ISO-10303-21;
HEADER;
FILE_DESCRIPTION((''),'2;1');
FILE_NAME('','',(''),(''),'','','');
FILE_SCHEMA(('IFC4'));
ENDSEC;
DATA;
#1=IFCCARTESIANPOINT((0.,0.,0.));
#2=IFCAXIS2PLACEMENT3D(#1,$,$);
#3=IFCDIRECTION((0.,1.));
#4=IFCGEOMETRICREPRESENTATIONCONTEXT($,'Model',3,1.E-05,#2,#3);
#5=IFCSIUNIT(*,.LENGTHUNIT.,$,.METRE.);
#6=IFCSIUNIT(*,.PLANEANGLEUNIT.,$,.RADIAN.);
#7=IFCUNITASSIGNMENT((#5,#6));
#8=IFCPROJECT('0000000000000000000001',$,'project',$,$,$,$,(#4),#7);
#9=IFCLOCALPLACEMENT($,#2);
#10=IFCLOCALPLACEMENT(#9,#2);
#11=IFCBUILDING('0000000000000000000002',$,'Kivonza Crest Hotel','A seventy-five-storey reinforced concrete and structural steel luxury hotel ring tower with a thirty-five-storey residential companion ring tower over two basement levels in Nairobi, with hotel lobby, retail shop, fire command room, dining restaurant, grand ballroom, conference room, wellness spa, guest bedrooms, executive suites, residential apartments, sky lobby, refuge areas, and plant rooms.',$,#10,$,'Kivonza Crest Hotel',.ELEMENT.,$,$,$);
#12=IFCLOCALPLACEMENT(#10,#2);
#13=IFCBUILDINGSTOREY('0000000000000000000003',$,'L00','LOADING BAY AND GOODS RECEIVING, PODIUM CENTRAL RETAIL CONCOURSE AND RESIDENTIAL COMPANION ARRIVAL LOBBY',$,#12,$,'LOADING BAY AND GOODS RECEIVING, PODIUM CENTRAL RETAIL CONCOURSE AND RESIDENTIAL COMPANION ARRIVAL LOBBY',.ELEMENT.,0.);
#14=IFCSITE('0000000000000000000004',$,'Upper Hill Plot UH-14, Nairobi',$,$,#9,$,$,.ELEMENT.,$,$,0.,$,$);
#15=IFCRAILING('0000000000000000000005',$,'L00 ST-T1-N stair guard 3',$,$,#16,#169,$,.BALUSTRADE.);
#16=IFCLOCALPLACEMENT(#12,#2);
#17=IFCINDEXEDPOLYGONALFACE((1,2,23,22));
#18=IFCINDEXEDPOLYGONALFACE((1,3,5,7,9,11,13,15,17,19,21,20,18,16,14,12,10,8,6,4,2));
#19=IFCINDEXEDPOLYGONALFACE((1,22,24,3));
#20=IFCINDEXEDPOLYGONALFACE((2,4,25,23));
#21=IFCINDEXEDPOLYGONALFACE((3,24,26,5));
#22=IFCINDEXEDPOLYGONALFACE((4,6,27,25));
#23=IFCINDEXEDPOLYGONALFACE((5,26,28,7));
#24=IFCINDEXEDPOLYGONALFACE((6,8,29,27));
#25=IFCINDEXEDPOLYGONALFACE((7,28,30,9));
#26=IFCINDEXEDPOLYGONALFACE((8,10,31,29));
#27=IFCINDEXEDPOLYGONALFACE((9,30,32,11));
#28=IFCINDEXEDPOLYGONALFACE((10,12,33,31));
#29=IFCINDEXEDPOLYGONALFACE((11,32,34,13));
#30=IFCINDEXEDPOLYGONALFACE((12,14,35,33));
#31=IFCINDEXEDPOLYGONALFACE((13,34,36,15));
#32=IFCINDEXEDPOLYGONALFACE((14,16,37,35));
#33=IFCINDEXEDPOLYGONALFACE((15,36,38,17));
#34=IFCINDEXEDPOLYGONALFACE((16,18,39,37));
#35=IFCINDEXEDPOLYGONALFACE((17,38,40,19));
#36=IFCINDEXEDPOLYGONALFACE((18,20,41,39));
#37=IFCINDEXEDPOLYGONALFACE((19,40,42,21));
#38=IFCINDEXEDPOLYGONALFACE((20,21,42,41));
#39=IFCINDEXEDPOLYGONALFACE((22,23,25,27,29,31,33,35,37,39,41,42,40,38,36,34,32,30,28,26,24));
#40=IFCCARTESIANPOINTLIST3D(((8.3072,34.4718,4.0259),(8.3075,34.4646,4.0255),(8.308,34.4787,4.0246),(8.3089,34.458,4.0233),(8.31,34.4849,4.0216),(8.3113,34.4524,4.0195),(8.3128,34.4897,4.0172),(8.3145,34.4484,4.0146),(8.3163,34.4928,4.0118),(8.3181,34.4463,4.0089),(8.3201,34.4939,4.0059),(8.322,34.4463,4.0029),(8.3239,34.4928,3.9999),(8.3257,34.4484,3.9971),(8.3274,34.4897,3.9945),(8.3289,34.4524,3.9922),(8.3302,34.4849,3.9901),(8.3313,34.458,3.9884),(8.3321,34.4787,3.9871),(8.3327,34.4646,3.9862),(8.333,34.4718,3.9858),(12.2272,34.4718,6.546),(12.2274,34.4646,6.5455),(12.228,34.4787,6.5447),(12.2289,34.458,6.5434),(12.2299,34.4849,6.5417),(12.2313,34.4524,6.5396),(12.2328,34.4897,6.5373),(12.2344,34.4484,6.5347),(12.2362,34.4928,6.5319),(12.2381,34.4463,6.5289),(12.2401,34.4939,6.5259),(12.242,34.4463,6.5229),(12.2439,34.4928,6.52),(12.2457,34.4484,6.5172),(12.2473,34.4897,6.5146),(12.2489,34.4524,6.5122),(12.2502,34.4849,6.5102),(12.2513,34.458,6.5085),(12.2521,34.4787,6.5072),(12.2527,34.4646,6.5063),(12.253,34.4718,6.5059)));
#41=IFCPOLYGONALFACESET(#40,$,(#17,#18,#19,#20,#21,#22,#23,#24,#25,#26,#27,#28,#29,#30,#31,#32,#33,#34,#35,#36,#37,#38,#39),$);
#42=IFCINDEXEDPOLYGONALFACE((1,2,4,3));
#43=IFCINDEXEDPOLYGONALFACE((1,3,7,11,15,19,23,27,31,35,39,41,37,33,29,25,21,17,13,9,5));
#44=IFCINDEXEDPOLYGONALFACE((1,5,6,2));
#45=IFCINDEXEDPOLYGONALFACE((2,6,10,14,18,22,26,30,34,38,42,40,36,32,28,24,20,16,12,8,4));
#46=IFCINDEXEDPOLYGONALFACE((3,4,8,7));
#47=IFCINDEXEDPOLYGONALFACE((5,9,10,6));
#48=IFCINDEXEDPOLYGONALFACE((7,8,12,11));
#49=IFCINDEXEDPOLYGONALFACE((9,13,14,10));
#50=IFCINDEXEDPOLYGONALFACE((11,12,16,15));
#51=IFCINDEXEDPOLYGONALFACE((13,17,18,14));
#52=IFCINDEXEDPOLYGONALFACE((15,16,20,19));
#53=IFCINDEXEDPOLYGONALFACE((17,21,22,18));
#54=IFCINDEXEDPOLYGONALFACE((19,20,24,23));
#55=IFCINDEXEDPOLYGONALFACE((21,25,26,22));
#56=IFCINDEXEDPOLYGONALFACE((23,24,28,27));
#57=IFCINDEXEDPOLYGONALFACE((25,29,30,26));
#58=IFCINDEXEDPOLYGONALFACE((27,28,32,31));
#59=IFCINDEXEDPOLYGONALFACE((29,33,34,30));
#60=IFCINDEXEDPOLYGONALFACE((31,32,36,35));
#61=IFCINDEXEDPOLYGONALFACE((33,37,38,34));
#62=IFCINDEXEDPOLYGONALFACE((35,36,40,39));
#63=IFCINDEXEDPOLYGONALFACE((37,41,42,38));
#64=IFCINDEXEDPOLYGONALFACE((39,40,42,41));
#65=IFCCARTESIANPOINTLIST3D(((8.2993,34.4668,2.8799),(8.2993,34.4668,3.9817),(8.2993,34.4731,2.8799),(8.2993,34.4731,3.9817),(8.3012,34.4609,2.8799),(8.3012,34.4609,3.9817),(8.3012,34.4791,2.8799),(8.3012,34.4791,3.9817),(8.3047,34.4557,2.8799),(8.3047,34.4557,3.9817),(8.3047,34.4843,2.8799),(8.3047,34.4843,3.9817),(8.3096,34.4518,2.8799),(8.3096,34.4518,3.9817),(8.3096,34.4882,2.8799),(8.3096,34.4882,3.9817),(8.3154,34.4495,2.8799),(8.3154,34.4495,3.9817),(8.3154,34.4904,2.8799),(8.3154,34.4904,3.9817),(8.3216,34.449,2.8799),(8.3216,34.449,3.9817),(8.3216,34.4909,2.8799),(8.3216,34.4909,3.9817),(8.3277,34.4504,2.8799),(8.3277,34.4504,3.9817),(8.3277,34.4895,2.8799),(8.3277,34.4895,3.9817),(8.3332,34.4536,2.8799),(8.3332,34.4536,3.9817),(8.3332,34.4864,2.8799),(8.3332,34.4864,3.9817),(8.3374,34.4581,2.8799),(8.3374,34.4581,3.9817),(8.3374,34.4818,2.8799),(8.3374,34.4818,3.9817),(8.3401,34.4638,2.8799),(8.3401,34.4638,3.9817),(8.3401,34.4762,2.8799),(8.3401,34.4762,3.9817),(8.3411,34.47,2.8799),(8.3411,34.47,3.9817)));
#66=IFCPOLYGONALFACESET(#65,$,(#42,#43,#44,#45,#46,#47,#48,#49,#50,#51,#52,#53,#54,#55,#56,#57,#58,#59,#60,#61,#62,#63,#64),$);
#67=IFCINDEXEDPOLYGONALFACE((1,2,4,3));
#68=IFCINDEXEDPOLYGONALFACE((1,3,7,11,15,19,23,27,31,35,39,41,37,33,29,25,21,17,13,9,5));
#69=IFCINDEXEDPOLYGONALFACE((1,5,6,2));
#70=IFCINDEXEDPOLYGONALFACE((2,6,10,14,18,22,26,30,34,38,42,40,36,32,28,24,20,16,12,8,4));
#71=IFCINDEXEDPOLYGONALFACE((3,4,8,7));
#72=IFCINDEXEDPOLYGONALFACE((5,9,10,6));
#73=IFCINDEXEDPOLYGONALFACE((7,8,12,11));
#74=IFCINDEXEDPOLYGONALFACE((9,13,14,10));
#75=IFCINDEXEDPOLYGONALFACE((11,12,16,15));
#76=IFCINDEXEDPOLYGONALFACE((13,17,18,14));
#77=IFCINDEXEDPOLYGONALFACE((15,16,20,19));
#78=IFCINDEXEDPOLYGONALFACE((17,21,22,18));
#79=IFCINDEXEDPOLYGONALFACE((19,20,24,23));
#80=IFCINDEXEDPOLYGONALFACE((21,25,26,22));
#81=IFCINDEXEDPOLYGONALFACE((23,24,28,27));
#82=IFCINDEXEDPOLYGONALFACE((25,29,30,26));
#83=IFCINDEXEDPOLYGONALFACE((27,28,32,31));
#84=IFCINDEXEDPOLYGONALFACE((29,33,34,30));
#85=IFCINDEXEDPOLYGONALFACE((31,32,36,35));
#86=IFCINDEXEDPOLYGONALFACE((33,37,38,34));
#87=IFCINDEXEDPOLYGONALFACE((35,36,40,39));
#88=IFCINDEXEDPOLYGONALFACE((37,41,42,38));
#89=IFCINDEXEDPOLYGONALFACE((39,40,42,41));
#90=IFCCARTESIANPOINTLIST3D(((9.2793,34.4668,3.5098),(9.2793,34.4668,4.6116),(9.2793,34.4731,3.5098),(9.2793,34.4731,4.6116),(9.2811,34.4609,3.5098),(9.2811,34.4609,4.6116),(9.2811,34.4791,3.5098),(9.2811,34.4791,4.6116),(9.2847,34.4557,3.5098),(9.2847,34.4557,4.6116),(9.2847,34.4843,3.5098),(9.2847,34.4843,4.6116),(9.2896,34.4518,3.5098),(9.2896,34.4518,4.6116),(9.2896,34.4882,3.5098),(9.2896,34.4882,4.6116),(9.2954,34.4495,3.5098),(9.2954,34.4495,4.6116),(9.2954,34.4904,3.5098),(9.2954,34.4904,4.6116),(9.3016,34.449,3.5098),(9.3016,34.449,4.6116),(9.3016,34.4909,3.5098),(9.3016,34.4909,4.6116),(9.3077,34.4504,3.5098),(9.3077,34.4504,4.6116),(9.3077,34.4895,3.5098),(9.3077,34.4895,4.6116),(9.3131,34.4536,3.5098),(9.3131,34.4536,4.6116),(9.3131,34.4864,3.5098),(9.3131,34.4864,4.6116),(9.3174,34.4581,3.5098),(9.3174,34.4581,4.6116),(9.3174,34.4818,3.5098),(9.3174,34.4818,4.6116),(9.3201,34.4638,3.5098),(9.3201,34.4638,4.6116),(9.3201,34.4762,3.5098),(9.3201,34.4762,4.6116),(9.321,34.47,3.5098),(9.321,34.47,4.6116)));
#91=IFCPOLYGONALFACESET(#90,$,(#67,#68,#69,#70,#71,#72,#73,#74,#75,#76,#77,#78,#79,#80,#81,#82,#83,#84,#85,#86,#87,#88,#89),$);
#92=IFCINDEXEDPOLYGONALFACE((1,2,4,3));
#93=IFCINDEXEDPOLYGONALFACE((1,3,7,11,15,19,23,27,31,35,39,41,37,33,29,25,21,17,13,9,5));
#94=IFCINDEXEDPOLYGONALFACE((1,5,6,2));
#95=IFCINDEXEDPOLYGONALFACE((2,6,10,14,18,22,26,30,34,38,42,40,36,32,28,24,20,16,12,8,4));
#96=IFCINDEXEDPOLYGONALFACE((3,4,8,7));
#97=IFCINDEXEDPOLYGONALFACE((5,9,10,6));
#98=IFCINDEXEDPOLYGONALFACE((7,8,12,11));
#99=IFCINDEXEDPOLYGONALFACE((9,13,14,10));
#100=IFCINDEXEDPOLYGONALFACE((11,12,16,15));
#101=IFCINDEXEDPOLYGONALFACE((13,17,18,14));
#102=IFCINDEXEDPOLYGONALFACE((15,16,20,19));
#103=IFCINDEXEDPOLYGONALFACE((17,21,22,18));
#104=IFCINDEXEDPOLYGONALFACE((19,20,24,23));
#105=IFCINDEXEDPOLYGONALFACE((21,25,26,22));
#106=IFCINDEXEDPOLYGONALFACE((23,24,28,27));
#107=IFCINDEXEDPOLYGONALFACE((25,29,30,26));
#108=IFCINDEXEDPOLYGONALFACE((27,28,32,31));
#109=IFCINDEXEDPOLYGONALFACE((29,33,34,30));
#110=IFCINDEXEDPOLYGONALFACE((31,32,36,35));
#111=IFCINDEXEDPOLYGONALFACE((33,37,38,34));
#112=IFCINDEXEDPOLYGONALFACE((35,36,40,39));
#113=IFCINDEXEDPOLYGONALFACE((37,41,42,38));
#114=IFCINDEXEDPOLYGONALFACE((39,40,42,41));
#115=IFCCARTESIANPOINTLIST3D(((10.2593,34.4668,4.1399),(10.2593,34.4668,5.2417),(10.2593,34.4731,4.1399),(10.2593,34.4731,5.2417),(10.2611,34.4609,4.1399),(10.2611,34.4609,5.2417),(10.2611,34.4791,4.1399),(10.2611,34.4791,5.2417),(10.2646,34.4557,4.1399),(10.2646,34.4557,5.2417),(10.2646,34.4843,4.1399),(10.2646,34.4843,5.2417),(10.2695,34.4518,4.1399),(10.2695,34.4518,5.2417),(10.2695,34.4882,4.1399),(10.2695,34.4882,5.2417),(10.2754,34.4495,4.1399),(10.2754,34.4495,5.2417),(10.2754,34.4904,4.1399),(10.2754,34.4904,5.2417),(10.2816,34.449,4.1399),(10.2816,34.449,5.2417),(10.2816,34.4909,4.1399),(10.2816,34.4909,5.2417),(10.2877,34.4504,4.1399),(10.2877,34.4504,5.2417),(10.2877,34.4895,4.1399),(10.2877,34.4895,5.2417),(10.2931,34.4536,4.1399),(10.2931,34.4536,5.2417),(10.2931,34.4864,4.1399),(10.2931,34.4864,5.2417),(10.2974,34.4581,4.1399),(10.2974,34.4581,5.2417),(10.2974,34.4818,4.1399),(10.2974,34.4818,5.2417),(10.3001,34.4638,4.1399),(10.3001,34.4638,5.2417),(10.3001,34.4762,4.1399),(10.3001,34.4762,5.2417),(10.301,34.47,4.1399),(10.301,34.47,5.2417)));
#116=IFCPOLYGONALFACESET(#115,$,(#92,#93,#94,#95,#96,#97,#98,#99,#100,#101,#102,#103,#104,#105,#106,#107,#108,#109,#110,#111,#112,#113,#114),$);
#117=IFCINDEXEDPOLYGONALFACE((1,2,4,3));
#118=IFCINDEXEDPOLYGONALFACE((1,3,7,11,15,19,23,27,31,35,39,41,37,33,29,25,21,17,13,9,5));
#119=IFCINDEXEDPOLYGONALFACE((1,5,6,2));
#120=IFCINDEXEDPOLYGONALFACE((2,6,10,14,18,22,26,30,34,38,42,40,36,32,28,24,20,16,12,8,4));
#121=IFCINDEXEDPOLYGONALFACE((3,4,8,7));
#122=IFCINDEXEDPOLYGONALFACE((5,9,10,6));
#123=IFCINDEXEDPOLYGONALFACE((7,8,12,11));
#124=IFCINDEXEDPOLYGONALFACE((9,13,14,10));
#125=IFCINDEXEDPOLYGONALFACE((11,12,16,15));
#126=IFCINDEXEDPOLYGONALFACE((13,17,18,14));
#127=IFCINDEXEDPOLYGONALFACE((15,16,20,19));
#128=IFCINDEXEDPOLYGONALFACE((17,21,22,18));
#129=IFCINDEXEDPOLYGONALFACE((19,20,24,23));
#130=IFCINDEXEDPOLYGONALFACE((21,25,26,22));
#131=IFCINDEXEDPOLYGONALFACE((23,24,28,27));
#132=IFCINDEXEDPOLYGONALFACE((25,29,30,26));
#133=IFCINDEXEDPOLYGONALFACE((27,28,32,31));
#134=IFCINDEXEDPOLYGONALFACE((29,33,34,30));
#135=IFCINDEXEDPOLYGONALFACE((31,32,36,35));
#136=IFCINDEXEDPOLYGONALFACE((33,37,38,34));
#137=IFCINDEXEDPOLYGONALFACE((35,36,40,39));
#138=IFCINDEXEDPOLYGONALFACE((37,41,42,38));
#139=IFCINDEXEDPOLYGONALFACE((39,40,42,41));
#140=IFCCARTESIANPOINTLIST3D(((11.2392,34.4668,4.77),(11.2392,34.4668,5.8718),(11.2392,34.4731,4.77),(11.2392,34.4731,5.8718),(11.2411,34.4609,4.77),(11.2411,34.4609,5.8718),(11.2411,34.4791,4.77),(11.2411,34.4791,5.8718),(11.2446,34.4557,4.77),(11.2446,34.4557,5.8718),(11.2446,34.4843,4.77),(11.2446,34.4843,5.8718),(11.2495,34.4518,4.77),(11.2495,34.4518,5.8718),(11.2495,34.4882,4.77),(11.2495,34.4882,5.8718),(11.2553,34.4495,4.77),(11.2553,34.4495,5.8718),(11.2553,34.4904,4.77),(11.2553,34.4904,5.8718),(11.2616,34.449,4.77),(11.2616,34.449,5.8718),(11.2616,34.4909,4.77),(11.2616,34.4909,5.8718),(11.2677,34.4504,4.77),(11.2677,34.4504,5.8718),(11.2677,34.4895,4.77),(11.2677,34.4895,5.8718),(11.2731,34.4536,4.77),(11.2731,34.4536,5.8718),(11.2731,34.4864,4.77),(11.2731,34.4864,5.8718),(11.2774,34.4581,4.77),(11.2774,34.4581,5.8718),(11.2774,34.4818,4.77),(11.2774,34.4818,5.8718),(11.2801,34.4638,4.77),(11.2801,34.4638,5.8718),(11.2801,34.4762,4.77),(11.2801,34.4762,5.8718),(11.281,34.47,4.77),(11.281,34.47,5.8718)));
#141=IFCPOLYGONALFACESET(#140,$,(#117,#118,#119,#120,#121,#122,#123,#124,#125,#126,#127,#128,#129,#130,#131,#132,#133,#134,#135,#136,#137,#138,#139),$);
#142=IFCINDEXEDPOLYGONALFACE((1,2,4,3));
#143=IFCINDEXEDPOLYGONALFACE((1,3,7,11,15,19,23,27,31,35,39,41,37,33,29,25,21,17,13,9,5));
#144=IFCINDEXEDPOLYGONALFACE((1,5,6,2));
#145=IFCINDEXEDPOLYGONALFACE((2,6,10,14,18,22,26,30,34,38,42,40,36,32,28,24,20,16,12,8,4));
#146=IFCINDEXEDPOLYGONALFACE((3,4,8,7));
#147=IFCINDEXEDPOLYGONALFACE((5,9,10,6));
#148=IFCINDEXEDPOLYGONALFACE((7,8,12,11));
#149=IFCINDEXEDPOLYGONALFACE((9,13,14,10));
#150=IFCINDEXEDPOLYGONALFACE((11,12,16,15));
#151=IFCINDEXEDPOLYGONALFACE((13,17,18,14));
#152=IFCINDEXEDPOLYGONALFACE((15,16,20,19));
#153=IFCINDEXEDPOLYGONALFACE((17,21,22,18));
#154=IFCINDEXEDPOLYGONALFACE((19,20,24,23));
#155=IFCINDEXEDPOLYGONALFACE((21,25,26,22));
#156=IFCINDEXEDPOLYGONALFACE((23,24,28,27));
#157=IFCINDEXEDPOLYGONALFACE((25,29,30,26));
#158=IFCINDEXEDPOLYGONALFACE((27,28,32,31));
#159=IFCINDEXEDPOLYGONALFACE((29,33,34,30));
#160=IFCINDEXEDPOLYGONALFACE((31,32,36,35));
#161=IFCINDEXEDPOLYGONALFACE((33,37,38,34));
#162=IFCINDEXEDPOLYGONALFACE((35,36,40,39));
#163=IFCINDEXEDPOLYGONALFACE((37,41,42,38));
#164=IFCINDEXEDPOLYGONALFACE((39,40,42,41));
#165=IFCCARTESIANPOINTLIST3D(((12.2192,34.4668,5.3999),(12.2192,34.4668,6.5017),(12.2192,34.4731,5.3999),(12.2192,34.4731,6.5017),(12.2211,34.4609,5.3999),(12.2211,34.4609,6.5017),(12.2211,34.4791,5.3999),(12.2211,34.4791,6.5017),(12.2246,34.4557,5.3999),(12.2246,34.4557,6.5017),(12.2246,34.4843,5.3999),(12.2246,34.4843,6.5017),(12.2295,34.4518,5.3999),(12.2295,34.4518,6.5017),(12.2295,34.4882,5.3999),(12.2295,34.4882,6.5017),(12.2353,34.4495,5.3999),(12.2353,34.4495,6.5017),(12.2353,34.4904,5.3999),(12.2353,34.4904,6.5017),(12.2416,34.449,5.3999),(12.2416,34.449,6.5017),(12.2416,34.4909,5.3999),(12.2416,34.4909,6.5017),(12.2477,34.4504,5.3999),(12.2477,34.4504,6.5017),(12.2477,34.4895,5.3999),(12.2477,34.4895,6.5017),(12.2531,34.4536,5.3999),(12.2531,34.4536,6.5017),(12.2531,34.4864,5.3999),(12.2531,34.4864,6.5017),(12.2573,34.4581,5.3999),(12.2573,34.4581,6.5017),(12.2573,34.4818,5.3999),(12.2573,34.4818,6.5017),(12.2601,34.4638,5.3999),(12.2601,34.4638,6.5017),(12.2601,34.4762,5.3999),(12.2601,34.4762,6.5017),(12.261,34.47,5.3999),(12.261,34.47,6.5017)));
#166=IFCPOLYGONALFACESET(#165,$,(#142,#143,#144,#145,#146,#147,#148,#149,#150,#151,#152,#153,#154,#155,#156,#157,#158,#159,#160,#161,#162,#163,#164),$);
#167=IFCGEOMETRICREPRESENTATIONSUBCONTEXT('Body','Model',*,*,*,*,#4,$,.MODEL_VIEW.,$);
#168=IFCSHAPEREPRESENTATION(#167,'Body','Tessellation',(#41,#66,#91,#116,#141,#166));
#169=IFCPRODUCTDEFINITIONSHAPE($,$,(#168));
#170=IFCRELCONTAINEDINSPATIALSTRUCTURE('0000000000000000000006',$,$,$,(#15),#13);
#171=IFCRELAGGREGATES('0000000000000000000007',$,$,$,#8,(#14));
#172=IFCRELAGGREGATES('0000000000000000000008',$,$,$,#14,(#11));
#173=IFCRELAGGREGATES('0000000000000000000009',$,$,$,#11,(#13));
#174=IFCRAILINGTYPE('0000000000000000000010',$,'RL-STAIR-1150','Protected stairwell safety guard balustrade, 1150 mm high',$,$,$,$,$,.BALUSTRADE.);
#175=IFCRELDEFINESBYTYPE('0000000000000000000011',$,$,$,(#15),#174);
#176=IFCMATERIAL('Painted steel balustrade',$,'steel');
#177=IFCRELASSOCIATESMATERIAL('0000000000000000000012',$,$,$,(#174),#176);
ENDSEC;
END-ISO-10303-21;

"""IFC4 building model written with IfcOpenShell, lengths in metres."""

from ifc_helpers import new_model, si_unit, direction, frame, origin, origin_2d, place, context, subcontext, project, spatial, circle, extrude, material, type_object, element, save


model = new_model("IFC4")

# Units and contexts
model_context = context("Model", 3, precision=1e-05, world=origin(), true_north=direction((0.0, 1.0)))
body_context = subcontext(model_context, "Body", "Model", "MODEL_VIEW")
ifc_project = project(units=[si_unit("LENGTHUNIT", "METRE"), si_unit("PLANEANGLEUNIT", "RADIAN")], contexts=[model_context])

# Site, building, storey
site_placement = place(None, origin())
site = spatial("IfcSite", under=ifc_project, at=site_placement, Name="Upper Hill Plot UH-14, Nairobi", CompositionType="ELEMENT", RefElevation=0.0)
building_placement = place(site_placement, origin())
building = spatial("IfcBuilding", under=site, at=building_placement, Name="Kivonza Crest Hotel", Description="A seventy-five-storey reinforced concrete and structural steel luxury hotel ring tower with a thirty-five-storey residential companion ring tower over two basement levels in Nairobi, with hotel lobby, retail shop, fire command room, dining restaurant, grand ballroom, conference room, wellness spa, guest bedrooms, executive suites, residential apartments, sky lobby, refuge areas, and plant rooms.", LongName="Kivonza Crest Hotel", CompositionType="ELEMENT")
storey_placement = place(building_placement, origin())
storey = spatial("IfcBuildingStorey", under=building, at=storey_placement, Name="L00", Description="LOADING BAY AND GOODS RECEIVING, PODIUM CENTRAL RETAIL CONCOURSE AND RESIDENTIAL COMPANION ARRIVAL LOBBY", LongName="LOADING BAY AND GOODS RECEIVING, PODIUM CENTRAL RETAIL CONCOURSE AND RESIDENTIAL COMPANION ARRIVAL LOBBY", CompositionType="ELEMENT", Elevation=0.0)

# Railing
ifc_material_1 = material(Name="Painted steel balustrade", Category="steel")
railing_type_1 = type_object("IfcRailingType", Name="RL-STAIR-1150", Description="Protected stairwell safety guard balustrade, 1150 mm high", PredefinedType="BALUSTRADE", material=ifc_material_1)
railing_1_placement = place(storey_placement, frame((8.3201, 34.47, 2.8799)))
element("IfcRailing", 1, at=railing_1_placement, inside=storey, type_object=railing_type_1, Name="L00 ST-T1-N stair guard 3", PredefinedType="BALUSTRADE", context=body_context, shape_type="SweptSolid", body=[
    extrude(circle(Radius=0.0239, at=origin_2d()), frame((0.0, 0.0, 1.126), z_axis=(0.841172, 0.0, 0.540768), x_axis=(0.0, 1.0, 0.0)), (0.0, 0.0, 1.0), 4.6602),
    extrude(circle(Radius=0.021, at=origin_2d()), origin(), (0.0, 0.0, 1.0), 1.1018),
    extrude(circle(Radius=0.021, at=origin_2d()), frame((0.98, 0.0, 0.6299)), (0.0, 0.0, 1.0), 1.1018),
    extrude(circle(Radius=0.021, at=origin_2d()), frame((1.96, 0.0, 1.26)), (0.0, 0.0, 1.0), 1.1018),
    extrude(circle(Radius=0.021, at=origin_2d()), frame((2.9399, 0.0, 1.8901)), (0.0, 0.0, 1.0), 1.1018),
    extrude(circle(Radius=0.021, at=origin_2d()), frame((3.9199, 0.0, 2.52)), (0.0, 0.0, 1.0), 1.1018),
])

save(model, "model.ifc")
